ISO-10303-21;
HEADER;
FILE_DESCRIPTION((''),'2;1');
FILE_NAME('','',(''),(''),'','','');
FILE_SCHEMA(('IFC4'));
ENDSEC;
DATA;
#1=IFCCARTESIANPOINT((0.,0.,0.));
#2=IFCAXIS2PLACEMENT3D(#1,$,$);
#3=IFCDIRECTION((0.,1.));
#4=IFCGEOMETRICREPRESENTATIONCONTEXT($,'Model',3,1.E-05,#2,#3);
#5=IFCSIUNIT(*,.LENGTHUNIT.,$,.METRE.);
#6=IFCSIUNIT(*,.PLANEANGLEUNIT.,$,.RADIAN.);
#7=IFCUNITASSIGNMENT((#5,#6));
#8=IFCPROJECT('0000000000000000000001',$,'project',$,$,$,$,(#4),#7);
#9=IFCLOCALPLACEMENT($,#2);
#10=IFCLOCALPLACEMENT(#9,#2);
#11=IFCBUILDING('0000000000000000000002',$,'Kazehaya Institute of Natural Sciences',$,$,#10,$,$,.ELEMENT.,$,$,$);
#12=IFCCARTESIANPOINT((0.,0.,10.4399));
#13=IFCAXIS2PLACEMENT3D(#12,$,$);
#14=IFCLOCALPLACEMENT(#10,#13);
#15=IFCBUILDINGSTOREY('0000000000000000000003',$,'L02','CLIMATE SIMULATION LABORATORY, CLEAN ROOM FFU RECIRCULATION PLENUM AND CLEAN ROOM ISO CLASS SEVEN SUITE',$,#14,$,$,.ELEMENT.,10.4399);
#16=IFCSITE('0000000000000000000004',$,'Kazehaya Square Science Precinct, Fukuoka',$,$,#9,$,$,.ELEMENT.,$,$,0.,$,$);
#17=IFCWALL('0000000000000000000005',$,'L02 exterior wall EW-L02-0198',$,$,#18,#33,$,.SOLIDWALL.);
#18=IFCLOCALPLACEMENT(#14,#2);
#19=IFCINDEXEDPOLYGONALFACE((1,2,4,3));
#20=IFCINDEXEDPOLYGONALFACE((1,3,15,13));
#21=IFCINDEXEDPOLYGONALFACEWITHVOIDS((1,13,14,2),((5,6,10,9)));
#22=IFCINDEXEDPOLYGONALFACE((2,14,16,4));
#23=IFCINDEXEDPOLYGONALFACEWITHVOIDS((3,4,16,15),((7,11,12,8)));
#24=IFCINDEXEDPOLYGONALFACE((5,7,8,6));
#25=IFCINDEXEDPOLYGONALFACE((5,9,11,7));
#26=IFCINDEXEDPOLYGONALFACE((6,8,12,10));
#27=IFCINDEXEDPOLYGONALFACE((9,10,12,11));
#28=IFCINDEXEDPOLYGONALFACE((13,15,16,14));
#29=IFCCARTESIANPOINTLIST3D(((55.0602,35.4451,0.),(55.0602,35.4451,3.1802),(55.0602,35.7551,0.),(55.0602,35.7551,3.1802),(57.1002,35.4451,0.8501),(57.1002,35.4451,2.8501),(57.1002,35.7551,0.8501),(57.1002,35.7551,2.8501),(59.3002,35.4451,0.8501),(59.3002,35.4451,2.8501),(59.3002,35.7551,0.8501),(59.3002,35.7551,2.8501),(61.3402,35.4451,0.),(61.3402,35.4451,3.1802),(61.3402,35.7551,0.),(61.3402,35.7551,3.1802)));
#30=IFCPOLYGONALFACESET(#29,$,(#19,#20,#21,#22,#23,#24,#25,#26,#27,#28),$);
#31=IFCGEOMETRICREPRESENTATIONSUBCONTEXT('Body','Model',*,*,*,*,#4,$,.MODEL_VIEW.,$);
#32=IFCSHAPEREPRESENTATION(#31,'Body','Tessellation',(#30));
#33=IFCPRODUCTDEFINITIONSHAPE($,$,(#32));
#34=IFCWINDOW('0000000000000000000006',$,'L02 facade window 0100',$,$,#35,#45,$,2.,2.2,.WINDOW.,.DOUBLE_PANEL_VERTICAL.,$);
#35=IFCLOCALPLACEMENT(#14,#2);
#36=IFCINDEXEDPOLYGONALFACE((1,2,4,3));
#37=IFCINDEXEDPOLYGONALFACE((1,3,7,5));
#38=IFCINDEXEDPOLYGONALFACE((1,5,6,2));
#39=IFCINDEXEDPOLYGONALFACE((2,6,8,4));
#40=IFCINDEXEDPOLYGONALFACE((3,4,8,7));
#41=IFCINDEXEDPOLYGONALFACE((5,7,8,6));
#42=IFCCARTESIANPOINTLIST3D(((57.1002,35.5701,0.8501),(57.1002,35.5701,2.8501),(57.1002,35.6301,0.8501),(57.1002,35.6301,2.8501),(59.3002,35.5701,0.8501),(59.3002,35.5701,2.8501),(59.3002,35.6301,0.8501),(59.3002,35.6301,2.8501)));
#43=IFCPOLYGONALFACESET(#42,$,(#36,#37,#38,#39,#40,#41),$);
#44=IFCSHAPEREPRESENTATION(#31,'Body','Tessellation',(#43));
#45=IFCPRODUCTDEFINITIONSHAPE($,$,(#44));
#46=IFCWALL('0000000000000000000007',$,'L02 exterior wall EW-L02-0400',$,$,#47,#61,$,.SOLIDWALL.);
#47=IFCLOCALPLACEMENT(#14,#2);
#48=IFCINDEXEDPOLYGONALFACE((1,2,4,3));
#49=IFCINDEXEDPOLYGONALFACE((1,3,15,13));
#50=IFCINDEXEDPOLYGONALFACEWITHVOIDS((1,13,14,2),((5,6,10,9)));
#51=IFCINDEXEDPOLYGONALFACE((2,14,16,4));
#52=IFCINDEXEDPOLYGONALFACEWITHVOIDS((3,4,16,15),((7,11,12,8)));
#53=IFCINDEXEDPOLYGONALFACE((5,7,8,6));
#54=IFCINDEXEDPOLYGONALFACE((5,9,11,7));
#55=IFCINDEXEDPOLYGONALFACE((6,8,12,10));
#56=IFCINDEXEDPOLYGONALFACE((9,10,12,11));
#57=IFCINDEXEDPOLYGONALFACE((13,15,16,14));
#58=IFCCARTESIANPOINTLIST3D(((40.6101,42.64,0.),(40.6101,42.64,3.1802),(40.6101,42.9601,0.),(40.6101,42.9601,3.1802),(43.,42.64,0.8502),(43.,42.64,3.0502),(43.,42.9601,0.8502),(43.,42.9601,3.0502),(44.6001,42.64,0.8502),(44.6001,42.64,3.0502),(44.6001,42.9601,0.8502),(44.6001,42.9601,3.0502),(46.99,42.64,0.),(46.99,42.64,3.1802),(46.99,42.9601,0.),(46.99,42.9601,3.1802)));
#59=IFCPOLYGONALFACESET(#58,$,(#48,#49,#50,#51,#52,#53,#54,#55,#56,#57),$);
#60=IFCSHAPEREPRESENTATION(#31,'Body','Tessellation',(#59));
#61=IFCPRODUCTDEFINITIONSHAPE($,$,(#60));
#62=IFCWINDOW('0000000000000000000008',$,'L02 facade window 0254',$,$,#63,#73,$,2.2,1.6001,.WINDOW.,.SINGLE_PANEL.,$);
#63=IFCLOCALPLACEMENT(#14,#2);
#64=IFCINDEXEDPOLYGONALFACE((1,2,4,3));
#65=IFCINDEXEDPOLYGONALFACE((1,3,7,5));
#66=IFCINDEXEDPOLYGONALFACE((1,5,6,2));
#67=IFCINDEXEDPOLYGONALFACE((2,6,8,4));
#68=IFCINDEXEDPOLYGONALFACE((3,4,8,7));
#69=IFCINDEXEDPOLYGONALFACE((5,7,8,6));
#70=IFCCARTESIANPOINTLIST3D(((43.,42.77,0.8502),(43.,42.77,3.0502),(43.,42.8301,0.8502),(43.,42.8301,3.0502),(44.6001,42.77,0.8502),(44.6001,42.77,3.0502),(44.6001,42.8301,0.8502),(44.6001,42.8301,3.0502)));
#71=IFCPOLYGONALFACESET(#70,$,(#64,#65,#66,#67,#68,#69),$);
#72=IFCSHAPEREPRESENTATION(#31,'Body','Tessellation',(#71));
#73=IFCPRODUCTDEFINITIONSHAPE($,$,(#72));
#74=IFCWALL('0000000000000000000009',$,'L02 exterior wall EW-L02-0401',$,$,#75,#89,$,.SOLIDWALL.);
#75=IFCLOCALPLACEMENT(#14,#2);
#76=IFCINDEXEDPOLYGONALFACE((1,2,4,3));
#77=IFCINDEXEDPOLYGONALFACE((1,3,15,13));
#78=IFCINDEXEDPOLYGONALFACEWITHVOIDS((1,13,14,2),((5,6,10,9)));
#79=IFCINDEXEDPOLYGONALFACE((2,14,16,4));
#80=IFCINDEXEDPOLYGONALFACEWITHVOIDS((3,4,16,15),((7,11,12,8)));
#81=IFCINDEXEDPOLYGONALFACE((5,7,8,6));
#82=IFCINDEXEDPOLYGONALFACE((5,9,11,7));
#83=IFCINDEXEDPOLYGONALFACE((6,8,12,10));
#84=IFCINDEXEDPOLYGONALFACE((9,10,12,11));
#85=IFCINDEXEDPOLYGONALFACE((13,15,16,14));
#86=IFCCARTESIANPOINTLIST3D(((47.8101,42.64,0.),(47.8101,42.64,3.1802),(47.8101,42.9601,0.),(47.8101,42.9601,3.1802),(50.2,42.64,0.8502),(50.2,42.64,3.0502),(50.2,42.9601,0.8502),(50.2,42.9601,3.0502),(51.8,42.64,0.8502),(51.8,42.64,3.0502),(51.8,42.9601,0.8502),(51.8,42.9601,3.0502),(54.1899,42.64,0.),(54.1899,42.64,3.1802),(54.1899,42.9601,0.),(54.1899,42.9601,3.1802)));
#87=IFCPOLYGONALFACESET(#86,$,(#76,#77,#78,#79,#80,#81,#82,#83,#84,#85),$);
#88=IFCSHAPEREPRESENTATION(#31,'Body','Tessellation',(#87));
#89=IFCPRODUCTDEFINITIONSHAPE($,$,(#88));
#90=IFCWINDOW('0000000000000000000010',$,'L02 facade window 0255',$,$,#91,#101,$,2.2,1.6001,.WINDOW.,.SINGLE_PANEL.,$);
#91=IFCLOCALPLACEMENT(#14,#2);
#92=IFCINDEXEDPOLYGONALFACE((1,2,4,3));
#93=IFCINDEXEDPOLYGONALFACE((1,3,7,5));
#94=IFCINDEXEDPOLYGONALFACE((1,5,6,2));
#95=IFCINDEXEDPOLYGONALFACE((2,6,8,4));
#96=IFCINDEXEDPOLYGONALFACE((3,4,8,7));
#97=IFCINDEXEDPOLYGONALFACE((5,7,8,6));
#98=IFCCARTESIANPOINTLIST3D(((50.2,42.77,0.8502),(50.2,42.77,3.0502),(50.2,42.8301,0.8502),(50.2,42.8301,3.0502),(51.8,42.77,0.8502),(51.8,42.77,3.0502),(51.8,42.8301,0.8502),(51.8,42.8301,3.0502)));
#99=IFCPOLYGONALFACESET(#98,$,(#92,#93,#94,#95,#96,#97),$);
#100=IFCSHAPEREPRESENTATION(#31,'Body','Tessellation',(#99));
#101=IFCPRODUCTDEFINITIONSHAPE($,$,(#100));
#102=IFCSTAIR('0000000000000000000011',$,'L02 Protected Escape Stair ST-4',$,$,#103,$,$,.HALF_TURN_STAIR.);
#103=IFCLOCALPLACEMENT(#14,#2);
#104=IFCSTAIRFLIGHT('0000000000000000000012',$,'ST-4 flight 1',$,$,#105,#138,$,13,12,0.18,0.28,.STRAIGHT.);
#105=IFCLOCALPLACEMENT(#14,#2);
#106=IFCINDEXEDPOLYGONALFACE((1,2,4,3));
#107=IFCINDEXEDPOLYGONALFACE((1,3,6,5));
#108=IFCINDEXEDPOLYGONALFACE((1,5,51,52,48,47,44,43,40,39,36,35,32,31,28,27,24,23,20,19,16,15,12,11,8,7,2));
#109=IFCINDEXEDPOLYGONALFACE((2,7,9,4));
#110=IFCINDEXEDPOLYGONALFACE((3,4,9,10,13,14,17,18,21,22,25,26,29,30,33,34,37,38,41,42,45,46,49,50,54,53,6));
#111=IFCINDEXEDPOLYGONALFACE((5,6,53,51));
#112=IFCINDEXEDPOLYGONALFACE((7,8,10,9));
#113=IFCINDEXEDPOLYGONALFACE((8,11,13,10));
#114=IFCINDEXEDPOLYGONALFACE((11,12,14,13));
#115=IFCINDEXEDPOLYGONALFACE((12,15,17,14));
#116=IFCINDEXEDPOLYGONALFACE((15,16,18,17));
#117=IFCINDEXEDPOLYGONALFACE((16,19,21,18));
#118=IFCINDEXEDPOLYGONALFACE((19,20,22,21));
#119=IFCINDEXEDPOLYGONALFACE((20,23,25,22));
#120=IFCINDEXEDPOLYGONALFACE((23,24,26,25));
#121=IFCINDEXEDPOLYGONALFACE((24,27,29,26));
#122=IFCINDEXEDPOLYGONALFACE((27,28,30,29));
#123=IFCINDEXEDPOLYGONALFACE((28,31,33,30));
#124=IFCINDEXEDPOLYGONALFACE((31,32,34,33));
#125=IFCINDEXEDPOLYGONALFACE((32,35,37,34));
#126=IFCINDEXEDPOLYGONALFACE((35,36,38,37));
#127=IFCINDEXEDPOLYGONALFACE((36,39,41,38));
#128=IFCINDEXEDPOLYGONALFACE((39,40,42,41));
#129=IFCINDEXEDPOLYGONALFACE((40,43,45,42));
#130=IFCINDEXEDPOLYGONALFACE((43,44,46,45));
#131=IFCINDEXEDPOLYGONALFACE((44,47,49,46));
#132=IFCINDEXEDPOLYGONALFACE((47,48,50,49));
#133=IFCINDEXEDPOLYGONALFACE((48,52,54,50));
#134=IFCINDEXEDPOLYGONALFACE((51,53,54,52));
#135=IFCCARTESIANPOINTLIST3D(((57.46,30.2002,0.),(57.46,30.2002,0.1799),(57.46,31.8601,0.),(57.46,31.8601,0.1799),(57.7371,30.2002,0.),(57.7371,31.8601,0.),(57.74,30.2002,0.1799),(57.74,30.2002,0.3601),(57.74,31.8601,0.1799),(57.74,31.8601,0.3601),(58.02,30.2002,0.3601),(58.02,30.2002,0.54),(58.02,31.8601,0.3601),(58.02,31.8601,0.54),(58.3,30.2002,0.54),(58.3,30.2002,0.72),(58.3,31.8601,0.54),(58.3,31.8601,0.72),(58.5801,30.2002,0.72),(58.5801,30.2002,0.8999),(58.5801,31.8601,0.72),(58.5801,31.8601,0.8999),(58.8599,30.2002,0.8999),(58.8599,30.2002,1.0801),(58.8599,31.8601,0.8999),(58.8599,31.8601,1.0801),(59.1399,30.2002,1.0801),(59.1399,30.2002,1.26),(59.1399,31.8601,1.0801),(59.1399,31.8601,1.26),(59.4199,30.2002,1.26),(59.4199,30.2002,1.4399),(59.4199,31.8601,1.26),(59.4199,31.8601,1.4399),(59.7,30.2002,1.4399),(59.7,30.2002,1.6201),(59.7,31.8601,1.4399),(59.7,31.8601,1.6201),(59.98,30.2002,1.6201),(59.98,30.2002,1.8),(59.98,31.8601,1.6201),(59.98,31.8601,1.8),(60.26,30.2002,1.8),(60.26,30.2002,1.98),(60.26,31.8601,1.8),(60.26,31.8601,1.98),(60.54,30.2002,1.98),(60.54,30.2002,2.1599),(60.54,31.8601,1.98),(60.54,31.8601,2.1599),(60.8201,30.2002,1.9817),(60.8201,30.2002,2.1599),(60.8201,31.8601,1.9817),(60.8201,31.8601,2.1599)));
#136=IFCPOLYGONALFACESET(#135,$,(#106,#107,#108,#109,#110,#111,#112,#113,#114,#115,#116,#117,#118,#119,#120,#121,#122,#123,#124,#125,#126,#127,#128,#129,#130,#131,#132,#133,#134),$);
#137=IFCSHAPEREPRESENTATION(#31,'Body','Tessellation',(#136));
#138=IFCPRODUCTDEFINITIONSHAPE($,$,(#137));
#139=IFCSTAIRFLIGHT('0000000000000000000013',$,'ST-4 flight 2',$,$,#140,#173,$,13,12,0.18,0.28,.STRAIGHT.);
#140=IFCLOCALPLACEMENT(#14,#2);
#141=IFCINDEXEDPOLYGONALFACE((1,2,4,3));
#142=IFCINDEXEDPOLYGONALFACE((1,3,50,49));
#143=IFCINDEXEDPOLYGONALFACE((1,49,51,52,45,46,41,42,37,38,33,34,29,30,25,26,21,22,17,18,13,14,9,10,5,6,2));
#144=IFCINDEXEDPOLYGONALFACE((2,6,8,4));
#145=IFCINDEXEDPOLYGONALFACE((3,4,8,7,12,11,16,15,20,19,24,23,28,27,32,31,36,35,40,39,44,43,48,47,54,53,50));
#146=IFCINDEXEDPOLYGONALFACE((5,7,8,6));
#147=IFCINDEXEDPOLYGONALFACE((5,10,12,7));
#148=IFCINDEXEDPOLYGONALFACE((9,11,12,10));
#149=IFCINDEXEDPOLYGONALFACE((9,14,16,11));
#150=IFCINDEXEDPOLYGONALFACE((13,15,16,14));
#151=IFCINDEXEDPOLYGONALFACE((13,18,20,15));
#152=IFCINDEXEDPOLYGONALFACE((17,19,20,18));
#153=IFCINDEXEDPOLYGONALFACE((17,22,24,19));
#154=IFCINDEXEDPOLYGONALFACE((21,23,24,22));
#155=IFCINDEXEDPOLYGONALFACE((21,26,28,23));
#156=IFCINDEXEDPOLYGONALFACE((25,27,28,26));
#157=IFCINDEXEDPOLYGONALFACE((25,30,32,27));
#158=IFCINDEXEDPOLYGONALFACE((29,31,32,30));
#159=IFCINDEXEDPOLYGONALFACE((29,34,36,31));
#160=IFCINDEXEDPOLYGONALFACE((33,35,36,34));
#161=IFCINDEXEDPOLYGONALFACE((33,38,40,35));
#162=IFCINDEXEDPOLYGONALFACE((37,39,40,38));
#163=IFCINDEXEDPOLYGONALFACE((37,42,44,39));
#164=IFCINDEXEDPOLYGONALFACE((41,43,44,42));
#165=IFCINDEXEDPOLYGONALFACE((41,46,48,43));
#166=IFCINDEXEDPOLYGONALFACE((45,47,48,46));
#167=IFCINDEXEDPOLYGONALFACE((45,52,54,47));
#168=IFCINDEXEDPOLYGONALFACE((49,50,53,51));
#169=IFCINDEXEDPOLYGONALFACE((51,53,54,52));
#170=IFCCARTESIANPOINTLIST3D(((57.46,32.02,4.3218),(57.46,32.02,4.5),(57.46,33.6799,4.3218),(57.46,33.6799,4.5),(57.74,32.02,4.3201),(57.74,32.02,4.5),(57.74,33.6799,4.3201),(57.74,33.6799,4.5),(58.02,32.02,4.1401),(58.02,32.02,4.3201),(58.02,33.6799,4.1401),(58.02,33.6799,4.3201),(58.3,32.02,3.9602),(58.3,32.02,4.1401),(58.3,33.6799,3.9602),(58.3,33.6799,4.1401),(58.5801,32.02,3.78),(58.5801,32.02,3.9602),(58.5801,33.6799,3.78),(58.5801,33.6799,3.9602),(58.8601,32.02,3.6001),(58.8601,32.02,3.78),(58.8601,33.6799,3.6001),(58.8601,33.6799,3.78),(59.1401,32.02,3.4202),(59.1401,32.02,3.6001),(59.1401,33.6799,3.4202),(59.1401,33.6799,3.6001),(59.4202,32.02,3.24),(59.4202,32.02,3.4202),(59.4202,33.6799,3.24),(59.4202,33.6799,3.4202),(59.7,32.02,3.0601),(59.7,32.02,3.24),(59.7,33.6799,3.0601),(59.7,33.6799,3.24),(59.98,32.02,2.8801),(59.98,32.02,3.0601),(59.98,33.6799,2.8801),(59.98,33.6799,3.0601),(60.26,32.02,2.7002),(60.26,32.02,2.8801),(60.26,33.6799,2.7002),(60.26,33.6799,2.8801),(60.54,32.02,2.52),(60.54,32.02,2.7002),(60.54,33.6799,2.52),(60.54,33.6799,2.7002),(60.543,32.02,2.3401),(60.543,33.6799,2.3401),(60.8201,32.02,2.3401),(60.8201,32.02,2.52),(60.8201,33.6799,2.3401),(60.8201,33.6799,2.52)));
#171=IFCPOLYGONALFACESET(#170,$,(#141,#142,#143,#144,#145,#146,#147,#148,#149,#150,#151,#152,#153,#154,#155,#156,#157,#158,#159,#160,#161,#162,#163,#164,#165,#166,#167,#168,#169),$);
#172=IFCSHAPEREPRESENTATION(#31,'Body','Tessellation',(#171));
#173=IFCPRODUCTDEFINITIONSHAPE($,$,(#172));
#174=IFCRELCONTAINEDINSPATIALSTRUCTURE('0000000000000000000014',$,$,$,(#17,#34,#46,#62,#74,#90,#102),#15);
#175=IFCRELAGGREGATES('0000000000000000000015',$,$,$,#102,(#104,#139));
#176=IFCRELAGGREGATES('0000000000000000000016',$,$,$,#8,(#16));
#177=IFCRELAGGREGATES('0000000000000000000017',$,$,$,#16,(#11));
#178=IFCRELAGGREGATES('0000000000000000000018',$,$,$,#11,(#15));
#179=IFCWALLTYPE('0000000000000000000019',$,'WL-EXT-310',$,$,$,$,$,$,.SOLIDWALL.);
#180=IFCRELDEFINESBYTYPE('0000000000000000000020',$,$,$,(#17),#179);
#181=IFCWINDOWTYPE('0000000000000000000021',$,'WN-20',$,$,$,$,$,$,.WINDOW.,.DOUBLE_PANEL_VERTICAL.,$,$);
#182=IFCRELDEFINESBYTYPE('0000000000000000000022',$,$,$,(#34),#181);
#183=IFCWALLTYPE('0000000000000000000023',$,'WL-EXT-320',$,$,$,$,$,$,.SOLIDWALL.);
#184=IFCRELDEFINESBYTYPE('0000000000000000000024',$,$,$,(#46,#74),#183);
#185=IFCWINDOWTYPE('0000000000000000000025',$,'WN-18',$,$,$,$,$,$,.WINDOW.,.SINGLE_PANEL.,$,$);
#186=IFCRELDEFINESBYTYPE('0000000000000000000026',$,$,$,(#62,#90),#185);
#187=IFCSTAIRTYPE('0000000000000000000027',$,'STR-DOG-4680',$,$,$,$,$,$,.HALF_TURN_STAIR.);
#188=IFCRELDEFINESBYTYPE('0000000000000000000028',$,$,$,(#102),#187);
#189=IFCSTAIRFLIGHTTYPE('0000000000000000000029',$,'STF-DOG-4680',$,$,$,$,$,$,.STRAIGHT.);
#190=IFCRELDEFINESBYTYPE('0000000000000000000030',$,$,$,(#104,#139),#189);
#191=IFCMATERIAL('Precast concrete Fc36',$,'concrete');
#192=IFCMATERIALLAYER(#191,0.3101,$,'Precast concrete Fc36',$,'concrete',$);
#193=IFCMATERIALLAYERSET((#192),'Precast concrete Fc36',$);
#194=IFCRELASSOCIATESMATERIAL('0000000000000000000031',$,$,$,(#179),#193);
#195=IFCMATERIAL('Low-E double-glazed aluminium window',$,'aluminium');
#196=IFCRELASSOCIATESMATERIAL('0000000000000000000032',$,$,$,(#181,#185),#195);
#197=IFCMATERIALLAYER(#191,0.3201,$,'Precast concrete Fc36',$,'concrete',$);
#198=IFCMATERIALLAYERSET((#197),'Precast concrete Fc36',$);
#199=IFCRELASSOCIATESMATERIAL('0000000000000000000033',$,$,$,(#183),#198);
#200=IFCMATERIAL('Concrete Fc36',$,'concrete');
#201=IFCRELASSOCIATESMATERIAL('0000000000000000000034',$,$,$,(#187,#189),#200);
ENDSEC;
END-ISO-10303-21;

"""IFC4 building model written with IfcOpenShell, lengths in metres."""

from ifc_helpers import new_model, si_unit, direction, frame, frame_2d, origin, place, context, subcontext, project, spatial, polyline, rectangle, outline, extrude, material, layer, layer_set, type_object, element, fill, aggregate, save


model = new_model("IFC4")

# Units and contexts
model_context = context("Model", 3, precision=1e-05, world=origin(), true_north=direction((0.0, 1.0)))
body_context = subcontext(model_context, "Body", "Model", "MODEL_VIEW")
ifc_project = project(units=[si_unit("LENGTHUNIT", "METRE"), si_unit("PLANEANGLEUNIT", "RADIAN")], contexts=[model_context])

# Site, building, storey
site_placement = place(None, origin())
site = spatial("IfcSite", under=ifc_project, at=site_placement, Name="Kazehaya Square Science Precinct, Fukuoka", CompositionType="ELEMENT", RefElevation=0.0)
building_placement = place(site_placement, origin())
building = spatial("IfcBuilding", under=site, at=building_placement, Name="Kazehaya Institute of Natural Sciences", CompositionType="ELEMENT")
storey_placement = place(building_placement, frame((0.0, 0.0, 10.4399)))
storey = spatial("IfcBuildingStorey", under=building, at=storey_placement, Name="L02", Description="CLIMATE SIMULATION LABORATORY, CLEAN ROOM FFU RECIRCULATION PLENUM AND CLEAN ROOM ISO CLASS SEVEN SUITE", CompositionType="ELEMENT", Elevation=10.4399)

# Shared definitions
ifc_material_1 = material(Name="Concrete Fc36", Category="concrete")

# Walls, openings, windows
ifc_material_2 = material(Name="Precast concrete Fc36", Category="concrete")
ifc_layer_1 = layer(ifc_material_2, 0.3101, Name="Precast concrete Fc36", Category="concrete")
ifc_layer_set_1 = layer_set([ifc_layer_1], Name="Precast concrete Fc36")
wall_type_1 = type_object("IfcWallType", Name="WL-EXT-310", PredefinedType="SOLIDWALL", material=ifc_layer_set_1)
wall_1_placement = place(storey_placement, frame((55.0601, 35.6001, 0.0), z_axis=(0.0, 0.0, 1.0), x_axis=(1.0, 0.0, 0.0)))
wall_1 = element("IfcWall", 1, at=wall_1_placement, inside=storey, type_object=wall_type_1, Name="L02 exterior wall EW-L02-0198", PredefinedType="SOLIDWALL", context=body_context, shape_type="SweptSolid", body=[
    extrude(rectangle(XDim=6.28, YDim=0.3101, at=frame_2d((3.1401, 0.0))), origin(), (0.0, 0.0, 1.0), 3.1802),
])
opening_1_placement = place(wall_1_placement, frame((2.04, 0.0, 0.8501)))
opening_1 = element("IfcOpeningElement", 2, at=opening_1_placement, cuts=wall_1, PredefinedType="OPENING", context=body_context, shape_type="SweptSolid", body=[
    extrude(rectangle(XDim=2.2, YDim=2.0, at=frame_2d((1.1001, 1.0))), frame((0.0, 0.165, 0.0), z_axis=(0.0, -1.0, 0.0), x_axis=(1.0, 0.0, 0.0)), (0.0, 0.0, 1.0), 0.3301),
])
ifc_material_3 = material(Name="Low-E double-glazed aluminium window", Category="aluminium")
window_type_1 = type_object("IfcWindowType", Name="WN-20", PartitioningType="DOUBLE_PANEL_VERTICAL", PredefinedType="WINDOW", material=ifc_material_3)
window_1_placement = place(opening_1_placement, origin())
window_1 = element("IfcWindow", 3, at=window_1_placement, inside=storey, type_object=window_type_1, Name="L02 facade window 0100", OverallHeight=2.0, OverallWidth=2.2, PartitioningType="DOUBLE_PANEL_VERTICAL", PredefinedType="WINDOW", context=body_context, shape_type="SweptSolid", body=[
    extrude(rectangle(XDim=2.2, YDim=2.0, at=frame_2d((1.1001, 1.0))), frame((0.0, 0.03, 0.0), z_axis=(0.0, -1.0, 0.0), x_axis=(1.0, 0.0, 0.0)), (0.0, 0.0, 1.0), 0.0601),
])
fill(opening_1, window_1)
ifc_layer_2 = layer(ifc_material_2, 0.3201, Name="Precast concrete Fc36", Category="concrete")
ifc_layer_set_2 = layer_set([ifc_layer_2], Name="Precast concrete Fc36")
wall_type_2 = type_object("IfcWallType", Name="WL-EXT-320", PredefinedType="SOLIDWALL", material=ifc_layer_set_2)
wall_2_placement = place(storey_placement, frame((40.6101, 42.8, 0.0), z_axis=(0.0, 0.0, 1.0), x_axis=(1.0, 0.0, 0.0)))
wall_2 = element("IfcWall", 4, at=wall_2_placement, inside=storey, type_object=wall_type_2, Name="L02 exterior wall EW-L02-0400", PredefinedType="SOLIDWALL", context=body_context, shape_type="SweptSolid", body=[
    extrude(rectangle(XDim=6.3799, YDim=0.3201, at=frame_2d((3.1899, 0.0))), origin(), (0.0, 0.0, 1.0), 3.1802),
])
opening_2_placement = place(wall_2_placement, frame((2.3899, 0.0, 0.8501)))
opening_2 = element("IfcOpeningElement", 5, at=opening_2_placement, cuts=wall_2, PredefinedType="OPENING", context=body_context, shape_type="SweptSolid", body=[
    extrude(rectangle(XDim=1.6001, YDim=2.2, at=frame_2d((0.8, 1.1001))), frame((0.0, 0.1699, 0.0), z_axis=(0.0, -1.0, 0.0), x_axis=(1.0, 0.0, 0.0)), (0.0, 0.0, 1.0), 0.3401),
])
window_type_2 = type_object("IfcWindowType", Name="WN-18", PartitioningType="SINGLE_PANEL", PredefinedType="WINDOW", material=ifc_material_3)
window_2_placement = place(opening_2_placement, origin())
window_2 = element("IfcWindow", 6, at=window_2_placement, inside=storey, type_object=window_type_2, Name="L02 facade window 0254", OverallHeight=2.2, OverallWidth=1.6001, PartitioningType="SINGLE_PANEL", PredefinedType="WINDOW", context=body_context, shape_type="SweptSolid", body=[
    extrude(rectangle(XDim=1.6001, YDim=2.2, at=frame_2d((0.8, 1.1001))), frame((0.0, 0.03, 0.0), z_axis=(0.0, -1.0, 0.0), x_axis=(1.0, 0.0, 0.0)), (0.0, 0.0, 1.0), 0.0601),
])
fill(opening_2, window_2)
wall_3_placement = place(storey_placement, frame((47.8101, 42.8, 0.0), z_axis=(0.0, 0.0, 1.0), x_axis=(1.0, 0.0, 0.0)))
wall_3 = element("IfcWall", 7, at=wall_3_placement, inside=storey, type_object=wall_type_2, Name="L02 exterior wall EW-L02-0401", PredefinedType="SOLIDWALL", context=body_context, shape_type="SweptSolid", body=[
    extrude(rectangle(XDim=6.3799, YDim=0.3201, at=frame_2d((3.1899, 0.0))), origin(), (0.0, 0.0, 1.0), 3.1802),
])
opening_3_placement = place(wall_3_placement, frame((2.3899, 0.0, 0.8501)))
opening_3 = element("IfcOpeningElement", 8, at=opening_3_placement, cuts=wall_3, PredefinedType="OPENING", context=body_context, shape_type="SweptSolid", body=[
    extrude(rectangle(XDim=1.6001, YDim=2.2, at=frame_2d((0.8, 1.1001))), frame((0.0, 0.1699, 0.0), z_axis=(0.0, -1.0, 0.0), x_axis=(1.0, 0.0, 0.0)), (0.0, 0.0, 1.0), 0.3401),
])
window_3_placement = place(opening_3_placement, origin())
window_3 = element("IfcWindow", 9, at=window_3_placement, inside=storey, type_object=window_type_2, Name="L02 facade window 0255", OverallHeight=2.2, OverallWidth=1.6001, PartitioningType="SINGLE_PANEL", PredefinedType="WINDOW", context=body_context, shape_type="SweptSolid", body=[
    extrude(rectangle(XDim=1.6001, YDim=2.2, at=frame_2d((0.8, 1.1001))), frame((0.0, 0.03, 0.0), z_axis=(0.0, -1.0, 0.0), x_axis=(1.0, 0.0, 0.0)), (0.0, 0.0, 1.0), 0.0601),
])
fill(opening_3, window_3)

# Stair, stair flights
stair_type = type_object("IfcStairType", Name="STR-DOG-4680", PredefinedType="HALF_TURN_STAIR", material=ifc_material_1)
stair_placement = place(storey_placement, origin())
stair = element("IfcStair", 10, at=stair_placement, inside=storey, type_object=stair_type, Name="L02 Protected Escape Stair ST-4", PredefinedType="HALF_TURN_STAIR")
stair_flight_type = type_object("IfcStairFlightType", Name="STF-DOG-4680", PredefinedType="STRAIGHT", material=ifc_material_1)
stair_flight_1_placement = place(storey_placement, frame((57.46, 31.03, 0.0), z_axis=(0.0, 0.0, 1.0), x_axis=(1.0, 0.0, 0.0)))
stair_flight_1 = element("IfcStairFlight", 11, at=stair_flight_1_placement, type_object=stair_flight_type, Name="ST-4 flight 1", NumberOfRisers=13, NumberOfTreads=12, PredefinedType="STRAIGHT", RiserHeight=0.18, TreadLength=0.28, context=body_context, shape_type="SweptSolid", body=[
    extrude(outline(polyline([(0.0, 0.0), (0.0, 0.1799), (0.28, 0.1799), (0.28, 0.3601), (0.5601, 0.3601), (0.5601, 0.54), (0.8401, 0.54), (0.8401, 0.72), (1.1201, 0.72), (1.1201, 0.8999), (1.3999, 0.8999), (1.3999, 1.0801), (1.6799, 1.0801), (1.6799, 1.26), (1.96, 1.26), (1.96, 1.4399), (2.24, 1.4399), (2.24, 1.6201), (2.52, 1.6201), (2.52, 1.8), (2.8, 1.8), (2.8, 1.98), (3.0801, 1.98), (3.0801, 2.1599), (3.3601, 2.1599), (3.3601, 2.3401), (3.3601, 1.9817), (0.2771, 0.0), (0.0, 0.0)])), frame((0.0, 0.8301, 0.0), z_axis=(0.0, -1.0, 0.0), x_axis=(1.0, 0.0, 0.0)), (0.0, 0.0, 1.0), 1.6599),
])
stair_flight_2_placement = place(storey_placement, frame((60.8201, 32.8501, 2.3401), z_axis=(0.0, 0.0, 1.0), x_axis=(-1.0, 0.0, 0.0)))
stair_flight_2 = element("IfcStairFlight", 12, at=stair_flight_2_placement, type_object=stair_flight_type, Name="ST-4 flight 2", NumberOfRisers=13, NumberOfTreads=12, PredefinedType="STRAIGHT", RiserHeight=0.18, TreadLength=0.28, context=body_context, shape_type="SweptSolid", body=[
    extrude(outline(polyline([(0.0, 0.0), (0.0, 0.1799), (0.28, 0.1799), (0.28, 0.3601), (0.5601, 0.3601), (0.5601, 0.54), (0.8401, 0.54), (0.8401, 0.72), (1.1201, 0.72), (1.1201, 0.8999), (1.3999, 0.8999), (1.3999, 1.0801), (1.6799, 1.0801), (1.6799, 1.26), (1.96, 1.26), (1.96, 1.4399), (2.24, 1.4399), (2.24, 1.6201), (2.52, 1.6201), (2.52, 1.8), (2.8, 1.8), (2.8, 1.98), (3.0801, 1.98), (3.0801, 2.1599), (3.3601, 2.1599), (3.3601, 2.3401), (3.3601, 1.9817), (0.2771, 0.0), (0.0, 0.0)])), frame((0.0, 0.8301, 0.0), z_axis=(0.0, -1.0, 0.0), x_axis=(1.0, 0.0, 0.0)), (0.0, 0.0, 1.0), 1.6599),
])
aggregate(stair, [stair_flight_1, stair_flight_2])

save(model, "model.ifc")
